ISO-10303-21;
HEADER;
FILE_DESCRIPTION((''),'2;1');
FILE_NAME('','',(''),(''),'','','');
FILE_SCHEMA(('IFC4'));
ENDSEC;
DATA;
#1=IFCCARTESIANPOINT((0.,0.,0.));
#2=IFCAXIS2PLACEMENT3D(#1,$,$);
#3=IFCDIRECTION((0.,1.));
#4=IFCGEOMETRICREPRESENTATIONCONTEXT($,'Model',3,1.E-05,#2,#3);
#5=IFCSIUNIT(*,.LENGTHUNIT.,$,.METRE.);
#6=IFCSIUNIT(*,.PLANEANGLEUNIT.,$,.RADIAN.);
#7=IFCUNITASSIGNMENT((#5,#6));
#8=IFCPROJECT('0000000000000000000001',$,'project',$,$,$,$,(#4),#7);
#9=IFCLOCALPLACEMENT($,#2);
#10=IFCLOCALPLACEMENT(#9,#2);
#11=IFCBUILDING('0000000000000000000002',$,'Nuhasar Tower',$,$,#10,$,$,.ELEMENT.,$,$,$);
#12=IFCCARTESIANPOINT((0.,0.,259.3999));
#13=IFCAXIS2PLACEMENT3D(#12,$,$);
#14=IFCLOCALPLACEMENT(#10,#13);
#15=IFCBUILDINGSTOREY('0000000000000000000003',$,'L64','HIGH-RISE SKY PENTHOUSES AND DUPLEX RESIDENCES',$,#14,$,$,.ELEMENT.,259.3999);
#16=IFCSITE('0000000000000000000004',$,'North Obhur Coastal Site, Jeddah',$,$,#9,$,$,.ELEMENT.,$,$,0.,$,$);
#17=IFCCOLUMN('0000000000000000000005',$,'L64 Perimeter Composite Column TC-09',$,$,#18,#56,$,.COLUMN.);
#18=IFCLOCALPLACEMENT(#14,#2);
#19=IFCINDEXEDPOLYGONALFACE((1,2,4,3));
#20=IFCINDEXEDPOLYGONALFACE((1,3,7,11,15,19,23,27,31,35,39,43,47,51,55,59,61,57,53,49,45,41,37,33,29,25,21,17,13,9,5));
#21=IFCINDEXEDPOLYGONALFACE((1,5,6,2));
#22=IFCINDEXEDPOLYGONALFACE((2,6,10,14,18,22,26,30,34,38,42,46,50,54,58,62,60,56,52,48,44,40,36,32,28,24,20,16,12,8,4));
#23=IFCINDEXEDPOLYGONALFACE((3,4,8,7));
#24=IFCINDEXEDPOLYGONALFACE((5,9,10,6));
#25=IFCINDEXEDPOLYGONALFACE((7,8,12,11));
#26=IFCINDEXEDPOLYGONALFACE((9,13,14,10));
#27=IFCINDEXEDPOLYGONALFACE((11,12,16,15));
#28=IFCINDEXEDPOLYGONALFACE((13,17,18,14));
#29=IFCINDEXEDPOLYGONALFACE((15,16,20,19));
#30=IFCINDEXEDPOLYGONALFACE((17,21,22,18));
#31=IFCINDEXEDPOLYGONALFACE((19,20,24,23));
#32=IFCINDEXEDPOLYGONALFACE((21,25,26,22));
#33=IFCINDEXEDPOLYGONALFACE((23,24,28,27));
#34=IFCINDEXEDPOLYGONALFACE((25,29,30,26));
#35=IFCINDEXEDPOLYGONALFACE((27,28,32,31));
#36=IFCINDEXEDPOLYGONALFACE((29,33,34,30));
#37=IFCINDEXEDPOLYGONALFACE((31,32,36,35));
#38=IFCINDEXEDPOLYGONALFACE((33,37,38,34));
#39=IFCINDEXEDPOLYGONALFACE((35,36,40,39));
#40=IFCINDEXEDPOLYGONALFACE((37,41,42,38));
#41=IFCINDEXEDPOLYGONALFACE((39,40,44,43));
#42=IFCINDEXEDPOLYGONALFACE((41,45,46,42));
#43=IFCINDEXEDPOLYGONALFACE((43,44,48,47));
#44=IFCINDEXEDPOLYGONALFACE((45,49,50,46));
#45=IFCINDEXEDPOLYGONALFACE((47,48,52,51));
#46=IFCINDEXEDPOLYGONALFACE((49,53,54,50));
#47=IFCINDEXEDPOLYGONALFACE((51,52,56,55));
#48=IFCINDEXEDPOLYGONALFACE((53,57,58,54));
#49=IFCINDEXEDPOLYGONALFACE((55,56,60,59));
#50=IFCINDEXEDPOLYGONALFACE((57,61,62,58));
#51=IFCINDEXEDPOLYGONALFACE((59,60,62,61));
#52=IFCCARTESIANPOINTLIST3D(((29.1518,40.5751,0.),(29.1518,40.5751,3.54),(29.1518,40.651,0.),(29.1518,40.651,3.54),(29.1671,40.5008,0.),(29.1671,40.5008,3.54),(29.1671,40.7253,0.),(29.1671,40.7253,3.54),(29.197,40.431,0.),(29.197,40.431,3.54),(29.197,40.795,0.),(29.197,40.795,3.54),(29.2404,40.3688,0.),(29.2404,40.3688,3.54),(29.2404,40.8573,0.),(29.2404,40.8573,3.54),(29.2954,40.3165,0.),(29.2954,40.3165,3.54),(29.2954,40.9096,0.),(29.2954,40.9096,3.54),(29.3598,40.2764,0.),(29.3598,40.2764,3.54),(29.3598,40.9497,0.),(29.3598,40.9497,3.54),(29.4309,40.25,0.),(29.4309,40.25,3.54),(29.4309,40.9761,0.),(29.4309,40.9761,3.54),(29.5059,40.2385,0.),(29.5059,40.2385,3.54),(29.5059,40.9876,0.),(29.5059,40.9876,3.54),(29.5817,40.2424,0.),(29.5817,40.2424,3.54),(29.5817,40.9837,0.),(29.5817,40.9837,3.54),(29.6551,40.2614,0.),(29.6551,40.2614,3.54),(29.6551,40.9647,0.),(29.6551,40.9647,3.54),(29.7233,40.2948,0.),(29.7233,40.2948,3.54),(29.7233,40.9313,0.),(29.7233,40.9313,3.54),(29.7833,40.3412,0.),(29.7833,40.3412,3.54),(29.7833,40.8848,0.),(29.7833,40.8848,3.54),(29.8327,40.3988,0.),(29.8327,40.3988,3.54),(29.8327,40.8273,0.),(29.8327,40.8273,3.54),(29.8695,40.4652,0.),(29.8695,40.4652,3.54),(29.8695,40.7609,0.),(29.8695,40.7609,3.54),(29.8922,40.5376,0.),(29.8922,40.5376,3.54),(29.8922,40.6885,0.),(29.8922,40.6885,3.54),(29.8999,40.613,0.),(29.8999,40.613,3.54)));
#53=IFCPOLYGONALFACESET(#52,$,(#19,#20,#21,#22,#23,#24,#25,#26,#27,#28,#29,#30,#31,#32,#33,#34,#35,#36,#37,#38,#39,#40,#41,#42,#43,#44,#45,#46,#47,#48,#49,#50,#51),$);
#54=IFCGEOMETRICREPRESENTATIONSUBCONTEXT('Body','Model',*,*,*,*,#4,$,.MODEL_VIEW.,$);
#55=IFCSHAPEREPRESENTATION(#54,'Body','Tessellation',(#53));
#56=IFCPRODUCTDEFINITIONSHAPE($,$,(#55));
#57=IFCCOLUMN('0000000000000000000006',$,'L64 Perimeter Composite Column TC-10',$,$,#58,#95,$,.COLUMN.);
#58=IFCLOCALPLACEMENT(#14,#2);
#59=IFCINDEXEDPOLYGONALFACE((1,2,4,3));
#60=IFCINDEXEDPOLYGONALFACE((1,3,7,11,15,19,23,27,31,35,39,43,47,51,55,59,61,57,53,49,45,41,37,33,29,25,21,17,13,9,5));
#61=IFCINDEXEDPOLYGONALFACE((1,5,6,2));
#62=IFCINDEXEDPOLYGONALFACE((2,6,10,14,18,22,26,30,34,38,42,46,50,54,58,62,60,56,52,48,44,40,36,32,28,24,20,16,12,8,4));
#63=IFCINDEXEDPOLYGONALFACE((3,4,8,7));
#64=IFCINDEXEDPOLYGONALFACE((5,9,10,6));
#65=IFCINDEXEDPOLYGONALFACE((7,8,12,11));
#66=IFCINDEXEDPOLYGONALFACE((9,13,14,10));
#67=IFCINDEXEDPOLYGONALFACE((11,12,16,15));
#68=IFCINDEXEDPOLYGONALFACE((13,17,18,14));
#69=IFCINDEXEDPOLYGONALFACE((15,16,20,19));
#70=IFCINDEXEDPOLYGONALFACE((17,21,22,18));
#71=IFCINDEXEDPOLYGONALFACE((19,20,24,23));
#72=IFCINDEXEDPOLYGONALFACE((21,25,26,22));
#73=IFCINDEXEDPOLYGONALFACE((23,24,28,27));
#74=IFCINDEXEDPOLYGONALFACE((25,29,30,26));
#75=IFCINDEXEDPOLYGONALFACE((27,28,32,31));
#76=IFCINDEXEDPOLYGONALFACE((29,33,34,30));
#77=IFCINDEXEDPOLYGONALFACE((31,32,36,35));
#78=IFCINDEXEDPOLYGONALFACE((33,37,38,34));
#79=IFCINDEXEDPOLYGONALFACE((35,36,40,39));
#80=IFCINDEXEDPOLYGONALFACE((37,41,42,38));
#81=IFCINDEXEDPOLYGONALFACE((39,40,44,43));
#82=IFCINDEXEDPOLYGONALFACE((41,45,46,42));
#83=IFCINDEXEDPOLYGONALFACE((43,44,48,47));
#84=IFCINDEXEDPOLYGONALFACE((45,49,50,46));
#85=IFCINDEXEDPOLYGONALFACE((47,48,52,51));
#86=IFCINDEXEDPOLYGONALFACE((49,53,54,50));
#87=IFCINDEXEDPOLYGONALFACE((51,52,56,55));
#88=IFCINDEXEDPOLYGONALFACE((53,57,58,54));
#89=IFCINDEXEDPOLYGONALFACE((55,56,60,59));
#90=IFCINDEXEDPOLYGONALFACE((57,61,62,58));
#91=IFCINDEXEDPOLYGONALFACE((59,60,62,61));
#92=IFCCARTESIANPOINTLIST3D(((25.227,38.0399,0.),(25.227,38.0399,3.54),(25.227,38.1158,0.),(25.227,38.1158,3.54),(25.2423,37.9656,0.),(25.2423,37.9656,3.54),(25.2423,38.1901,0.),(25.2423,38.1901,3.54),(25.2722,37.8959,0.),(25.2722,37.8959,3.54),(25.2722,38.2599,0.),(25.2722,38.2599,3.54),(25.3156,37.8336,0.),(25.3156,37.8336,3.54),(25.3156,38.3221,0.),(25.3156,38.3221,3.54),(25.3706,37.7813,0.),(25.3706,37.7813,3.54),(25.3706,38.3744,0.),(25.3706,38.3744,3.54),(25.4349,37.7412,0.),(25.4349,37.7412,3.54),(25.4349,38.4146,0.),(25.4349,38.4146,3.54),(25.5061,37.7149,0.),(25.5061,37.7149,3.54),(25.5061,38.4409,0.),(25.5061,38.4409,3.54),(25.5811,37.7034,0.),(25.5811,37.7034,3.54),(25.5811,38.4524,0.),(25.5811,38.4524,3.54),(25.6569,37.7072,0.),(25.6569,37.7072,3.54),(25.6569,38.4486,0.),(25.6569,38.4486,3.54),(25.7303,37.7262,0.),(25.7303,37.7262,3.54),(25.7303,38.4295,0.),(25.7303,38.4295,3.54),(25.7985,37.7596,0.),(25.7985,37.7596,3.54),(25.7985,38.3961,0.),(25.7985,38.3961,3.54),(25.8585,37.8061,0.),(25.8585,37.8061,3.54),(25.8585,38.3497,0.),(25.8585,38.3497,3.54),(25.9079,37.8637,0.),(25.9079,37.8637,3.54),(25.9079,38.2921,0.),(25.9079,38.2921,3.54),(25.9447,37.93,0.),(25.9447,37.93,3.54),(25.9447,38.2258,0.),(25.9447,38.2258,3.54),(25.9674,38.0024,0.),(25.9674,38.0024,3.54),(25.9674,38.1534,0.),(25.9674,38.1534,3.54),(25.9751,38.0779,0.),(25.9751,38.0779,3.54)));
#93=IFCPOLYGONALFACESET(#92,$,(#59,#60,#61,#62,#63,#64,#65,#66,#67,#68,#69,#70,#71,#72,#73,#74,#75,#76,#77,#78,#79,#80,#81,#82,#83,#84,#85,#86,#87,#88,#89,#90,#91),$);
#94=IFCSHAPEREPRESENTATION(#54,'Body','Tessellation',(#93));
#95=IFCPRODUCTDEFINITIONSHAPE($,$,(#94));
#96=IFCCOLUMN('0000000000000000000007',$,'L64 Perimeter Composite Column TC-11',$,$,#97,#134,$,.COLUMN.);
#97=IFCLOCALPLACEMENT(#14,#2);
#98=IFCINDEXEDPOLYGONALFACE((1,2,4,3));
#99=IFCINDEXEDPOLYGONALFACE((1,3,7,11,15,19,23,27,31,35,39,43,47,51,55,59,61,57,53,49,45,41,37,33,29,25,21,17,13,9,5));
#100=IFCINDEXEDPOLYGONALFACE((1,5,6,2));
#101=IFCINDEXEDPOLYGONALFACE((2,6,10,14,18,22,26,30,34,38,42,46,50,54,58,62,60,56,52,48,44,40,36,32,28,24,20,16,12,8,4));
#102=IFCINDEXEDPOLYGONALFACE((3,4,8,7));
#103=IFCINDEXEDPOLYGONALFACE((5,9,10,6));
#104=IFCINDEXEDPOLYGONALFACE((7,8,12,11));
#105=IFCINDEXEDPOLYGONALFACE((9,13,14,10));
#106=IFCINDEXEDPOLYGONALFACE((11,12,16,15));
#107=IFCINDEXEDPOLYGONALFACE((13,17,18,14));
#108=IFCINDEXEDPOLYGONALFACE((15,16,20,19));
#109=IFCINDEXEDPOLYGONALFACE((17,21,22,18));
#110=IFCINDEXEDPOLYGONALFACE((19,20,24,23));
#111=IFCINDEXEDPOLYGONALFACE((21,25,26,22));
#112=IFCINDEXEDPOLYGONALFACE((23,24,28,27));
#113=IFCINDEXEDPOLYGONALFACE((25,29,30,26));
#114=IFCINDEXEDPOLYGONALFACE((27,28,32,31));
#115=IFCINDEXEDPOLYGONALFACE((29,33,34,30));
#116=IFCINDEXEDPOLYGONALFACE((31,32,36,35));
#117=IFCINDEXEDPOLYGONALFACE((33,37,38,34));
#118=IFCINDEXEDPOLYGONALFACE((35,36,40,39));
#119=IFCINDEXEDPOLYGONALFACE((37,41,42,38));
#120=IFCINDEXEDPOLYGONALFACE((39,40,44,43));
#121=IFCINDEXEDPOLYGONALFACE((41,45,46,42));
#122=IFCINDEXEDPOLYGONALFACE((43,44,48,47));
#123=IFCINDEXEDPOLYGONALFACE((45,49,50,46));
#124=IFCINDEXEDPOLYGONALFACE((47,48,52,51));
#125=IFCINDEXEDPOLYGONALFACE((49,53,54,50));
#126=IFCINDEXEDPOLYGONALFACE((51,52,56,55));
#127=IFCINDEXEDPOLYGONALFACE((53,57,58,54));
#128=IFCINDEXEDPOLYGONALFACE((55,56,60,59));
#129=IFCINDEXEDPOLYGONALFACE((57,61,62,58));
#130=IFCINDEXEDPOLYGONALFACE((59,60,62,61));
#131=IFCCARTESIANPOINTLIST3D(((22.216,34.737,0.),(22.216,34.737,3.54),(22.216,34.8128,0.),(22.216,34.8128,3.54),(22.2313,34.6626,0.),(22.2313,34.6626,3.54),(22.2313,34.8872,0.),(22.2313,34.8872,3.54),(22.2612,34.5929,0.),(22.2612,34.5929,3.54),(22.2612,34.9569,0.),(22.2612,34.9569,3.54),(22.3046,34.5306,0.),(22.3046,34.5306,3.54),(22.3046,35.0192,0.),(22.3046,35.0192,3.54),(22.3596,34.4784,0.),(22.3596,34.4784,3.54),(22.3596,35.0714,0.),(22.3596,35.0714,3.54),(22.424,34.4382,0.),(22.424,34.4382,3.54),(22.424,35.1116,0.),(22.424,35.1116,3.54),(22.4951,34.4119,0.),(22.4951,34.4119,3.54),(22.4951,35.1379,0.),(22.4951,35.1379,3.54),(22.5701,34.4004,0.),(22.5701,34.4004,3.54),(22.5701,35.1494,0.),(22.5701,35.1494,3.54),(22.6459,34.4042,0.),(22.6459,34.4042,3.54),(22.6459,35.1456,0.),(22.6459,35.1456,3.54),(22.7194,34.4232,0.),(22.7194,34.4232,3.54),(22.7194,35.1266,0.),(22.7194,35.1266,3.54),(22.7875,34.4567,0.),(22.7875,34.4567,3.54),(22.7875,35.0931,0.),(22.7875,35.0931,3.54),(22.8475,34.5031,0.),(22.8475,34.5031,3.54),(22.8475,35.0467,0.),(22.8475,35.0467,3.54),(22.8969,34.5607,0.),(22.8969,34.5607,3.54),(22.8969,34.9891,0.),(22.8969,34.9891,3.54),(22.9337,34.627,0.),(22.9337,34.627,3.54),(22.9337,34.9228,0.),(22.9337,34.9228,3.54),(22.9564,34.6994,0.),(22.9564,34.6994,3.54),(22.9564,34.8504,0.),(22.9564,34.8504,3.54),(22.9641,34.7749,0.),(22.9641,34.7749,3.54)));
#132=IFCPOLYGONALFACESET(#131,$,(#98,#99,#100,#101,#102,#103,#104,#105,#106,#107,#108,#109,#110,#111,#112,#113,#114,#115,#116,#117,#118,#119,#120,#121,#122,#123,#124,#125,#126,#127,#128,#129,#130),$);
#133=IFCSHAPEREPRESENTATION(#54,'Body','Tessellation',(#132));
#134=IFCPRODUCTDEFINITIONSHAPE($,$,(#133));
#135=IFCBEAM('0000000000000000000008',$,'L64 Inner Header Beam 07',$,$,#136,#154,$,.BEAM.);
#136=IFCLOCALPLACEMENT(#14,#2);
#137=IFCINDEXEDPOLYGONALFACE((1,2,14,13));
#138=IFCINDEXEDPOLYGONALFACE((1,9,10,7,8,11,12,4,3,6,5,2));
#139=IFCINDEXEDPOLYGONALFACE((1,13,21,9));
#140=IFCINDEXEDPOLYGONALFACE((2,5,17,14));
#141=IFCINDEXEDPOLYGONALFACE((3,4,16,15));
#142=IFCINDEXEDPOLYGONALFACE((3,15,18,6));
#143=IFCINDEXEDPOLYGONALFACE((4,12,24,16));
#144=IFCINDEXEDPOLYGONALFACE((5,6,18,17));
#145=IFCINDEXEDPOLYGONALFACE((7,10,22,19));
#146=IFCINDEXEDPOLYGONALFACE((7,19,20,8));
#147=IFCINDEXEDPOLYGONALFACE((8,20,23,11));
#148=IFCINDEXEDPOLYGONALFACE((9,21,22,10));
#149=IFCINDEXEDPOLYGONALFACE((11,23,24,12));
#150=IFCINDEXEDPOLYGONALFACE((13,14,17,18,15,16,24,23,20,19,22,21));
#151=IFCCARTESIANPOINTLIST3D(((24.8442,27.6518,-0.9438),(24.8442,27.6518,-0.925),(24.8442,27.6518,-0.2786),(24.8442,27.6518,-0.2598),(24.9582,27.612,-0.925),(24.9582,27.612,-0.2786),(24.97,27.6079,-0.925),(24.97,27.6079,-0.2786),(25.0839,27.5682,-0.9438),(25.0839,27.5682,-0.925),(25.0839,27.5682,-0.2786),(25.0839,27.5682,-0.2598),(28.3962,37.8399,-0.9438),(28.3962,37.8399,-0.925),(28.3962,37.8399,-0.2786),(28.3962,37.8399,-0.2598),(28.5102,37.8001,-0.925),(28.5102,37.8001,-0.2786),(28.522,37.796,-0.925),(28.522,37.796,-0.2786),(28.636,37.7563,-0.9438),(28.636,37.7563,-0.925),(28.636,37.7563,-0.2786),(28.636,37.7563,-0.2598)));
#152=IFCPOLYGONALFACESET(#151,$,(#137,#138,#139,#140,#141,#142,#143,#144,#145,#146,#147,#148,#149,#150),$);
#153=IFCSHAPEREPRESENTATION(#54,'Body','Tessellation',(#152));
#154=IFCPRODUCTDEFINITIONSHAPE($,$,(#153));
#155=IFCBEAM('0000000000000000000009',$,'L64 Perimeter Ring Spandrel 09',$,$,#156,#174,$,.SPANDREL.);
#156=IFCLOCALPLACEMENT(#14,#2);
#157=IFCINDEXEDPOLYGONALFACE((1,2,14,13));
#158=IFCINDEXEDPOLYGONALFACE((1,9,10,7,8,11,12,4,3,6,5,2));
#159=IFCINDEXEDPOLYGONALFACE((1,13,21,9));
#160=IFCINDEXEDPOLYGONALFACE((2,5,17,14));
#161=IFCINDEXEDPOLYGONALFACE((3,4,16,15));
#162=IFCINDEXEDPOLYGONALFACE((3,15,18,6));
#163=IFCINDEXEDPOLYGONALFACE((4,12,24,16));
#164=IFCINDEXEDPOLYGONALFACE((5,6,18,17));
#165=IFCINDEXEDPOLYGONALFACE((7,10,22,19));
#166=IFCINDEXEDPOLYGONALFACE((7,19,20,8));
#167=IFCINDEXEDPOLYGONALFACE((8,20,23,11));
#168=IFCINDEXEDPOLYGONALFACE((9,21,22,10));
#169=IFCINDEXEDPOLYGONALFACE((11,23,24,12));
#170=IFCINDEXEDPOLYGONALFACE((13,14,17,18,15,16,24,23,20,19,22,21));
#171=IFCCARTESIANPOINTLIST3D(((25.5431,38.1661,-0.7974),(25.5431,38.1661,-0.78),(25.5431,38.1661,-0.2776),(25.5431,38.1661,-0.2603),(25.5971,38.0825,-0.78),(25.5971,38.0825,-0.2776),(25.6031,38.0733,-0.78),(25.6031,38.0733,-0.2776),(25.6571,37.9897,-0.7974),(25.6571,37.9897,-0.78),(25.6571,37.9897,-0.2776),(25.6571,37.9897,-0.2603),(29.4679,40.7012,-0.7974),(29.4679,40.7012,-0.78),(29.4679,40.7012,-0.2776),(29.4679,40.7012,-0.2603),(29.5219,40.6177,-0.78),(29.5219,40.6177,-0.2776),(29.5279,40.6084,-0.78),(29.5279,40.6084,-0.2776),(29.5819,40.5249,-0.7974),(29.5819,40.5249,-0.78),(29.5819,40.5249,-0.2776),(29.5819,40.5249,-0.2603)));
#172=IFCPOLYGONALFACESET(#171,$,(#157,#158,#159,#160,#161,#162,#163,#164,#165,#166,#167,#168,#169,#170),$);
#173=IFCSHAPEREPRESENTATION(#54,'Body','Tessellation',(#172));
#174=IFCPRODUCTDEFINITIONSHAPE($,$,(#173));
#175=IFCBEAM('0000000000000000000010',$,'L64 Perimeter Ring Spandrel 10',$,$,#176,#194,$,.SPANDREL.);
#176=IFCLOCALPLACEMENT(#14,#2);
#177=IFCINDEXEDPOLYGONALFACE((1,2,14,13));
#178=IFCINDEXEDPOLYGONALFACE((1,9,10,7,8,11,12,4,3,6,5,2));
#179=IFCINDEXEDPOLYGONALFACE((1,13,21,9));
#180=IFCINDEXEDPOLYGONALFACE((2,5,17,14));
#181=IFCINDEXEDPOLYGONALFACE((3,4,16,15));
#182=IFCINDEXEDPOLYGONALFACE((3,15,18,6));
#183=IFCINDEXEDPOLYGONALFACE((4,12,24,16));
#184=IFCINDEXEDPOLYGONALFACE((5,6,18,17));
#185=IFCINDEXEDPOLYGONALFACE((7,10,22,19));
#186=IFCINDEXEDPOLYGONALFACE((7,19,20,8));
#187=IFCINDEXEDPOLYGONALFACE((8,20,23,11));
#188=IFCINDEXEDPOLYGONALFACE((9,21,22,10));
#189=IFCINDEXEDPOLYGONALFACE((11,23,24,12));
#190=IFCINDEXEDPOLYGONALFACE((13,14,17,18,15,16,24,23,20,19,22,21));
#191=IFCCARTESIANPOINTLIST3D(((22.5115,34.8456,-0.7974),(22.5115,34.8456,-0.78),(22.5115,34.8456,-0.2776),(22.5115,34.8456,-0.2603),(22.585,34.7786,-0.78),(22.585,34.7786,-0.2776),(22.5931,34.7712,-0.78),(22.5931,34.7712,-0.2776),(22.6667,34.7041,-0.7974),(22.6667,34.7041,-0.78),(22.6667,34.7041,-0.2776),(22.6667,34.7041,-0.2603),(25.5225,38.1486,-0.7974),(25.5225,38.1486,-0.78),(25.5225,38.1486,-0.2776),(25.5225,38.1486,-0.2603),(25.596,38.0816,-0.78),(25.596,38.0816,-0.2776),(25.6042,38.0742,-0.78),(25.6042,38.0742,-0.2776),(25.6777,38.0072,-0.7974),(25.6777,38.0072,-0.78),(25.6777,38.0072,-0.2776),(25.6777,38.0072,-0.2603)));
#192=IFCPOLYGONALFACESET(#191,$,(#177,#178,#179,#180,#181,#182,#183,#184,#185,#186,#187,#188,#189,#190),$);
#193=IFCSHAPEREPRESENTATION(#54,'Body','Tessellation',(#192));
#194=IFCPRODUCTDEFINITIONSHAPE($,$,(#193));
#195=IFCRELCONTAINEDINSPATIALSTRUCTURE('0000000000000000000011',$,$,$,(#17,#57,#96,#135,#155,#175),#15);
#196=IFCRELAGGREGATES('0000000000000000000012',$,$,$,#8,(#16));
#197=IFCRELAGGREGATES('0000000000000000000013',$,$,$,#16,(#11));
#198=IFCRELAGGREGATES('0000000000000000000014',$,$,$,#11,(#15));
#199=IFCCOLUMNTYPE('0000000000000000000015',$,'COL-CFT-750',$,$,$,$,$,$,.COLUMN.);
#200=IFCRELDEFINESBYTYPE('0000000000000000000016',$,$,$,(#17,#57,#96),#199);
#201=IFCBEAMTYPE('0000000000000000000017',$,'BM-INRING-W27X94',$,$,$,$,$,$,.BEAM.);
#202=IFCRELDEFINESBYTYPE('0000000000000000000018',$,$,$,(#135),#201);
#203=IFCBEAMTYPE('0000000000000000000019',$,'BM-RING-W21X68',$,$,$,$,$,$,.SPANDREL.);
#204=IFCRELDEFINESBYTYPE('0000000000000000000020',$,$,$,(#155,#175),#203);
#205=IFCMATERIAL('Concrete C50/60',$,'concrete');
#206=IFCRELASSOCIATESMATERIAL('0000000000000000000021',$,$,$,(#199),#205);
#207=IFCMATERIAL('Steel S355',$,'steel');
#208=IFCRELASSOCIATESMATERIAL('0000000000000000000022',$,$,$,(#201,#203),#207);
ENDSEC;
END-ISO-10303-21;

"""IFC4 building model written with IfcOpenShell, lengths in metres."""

from ifc_helpers import new_model, si_unit, direction, frame, origin, origin_2d, place, context, subcontext, project, spatial, circle, i_section, extrude, material, material_profile, profile_set, type_object, element, save


model = new_model("IFC4")

# Units and contexts
model_context = context("Model", 3, precision=1e-05, world=origin(), true_north=direction((0.0, 1.0)))
body_context = subcontext(model_context, "Body", "Model", "MODEL_VIEW")
ifc_project = project(units=[si_unit("LENGTHUNIT", "METRE"), si_unit("PLANEANGLEUNIT", "RADIAN")], contexts=[model_context])

# Site, building, storey
site_placement = place(None, origin())
site = spatial("IfcSite", under=ifc_project, at=site_placement, Name="North Obhur Coastal Site, Jeddah", CompositionType="ELEMENT", RefElevation=0.0)
building_placement = place(site_placement, origin())
building = spatial("IfcBuilding", under=site, at=building_placement, Name="Nuhasar Tower", CompositionType="ELEMENT")
storey_placement = place(building_placement, frame((0.0, 0.0, 259.3999)))
storey = spatial("IfcBuildingStorey", under=building, at=storey_placement, Name="L64", Description="HIGH-RISE SKY PENTHOUSES AND DUPLEX RESIDENCES", CompositionType="ELEMENT", Elevation=259.3999)

# Columns
ifc_material_1 = material(Name="Concrete C50/60", Category="concrete")
ifc_material_profile_1 = material_profile(ifc_material_1, circle(Radius=0.375, at=origin_2d()), Name="CFT750")
ifc_profile_set_1 = profile_set([ifc_material_profile_1], Name="Concrete C50/60")
column_type = type_object("IfcColumnType", Name="COL-CFT-750", PredefinedType="COLUMN", material=ifc_profile_set_1)
for number, where, z_axis, x_axis, name in (
    (1, (29.5249, 40.613, 0.0), (0.0, 0.0, 1.0), (1.0, 0.0, 0.0), "L64 Perimeter Composite Column TC-09"),
    (2, (25.6001, 38.0779, 0.0), (0.0, 0.0, 1.0), (1.0, 0.0, 0.0), "L64 Perimeter Composite Column TC-10"),
    (3, (22.5891, 34.7749, 0.0), (0.0, 0.0, 1.0), (1.0, 0.0, 0.0), "L64 Perimeter Composite Column TC-11"),
):
    element("IfcColumn", number, at=place(storey_placement, frame(where, z_axis=z_axis, x_axis=x_axis)), inside=storey, type_object=column_type, Name=name, PredefinedType="COLUMN", context=body_context, shape_type="SweptSolid", body=[
        extrude(circle(Radius=0.375, at=origin_2d()), origin(), (0.0, 0.0, 1.0), 3.54),
    ])

# Beams
ifc_material_2 = material(Name="Steel S355", Category="steel")
ifc_material_profile_2 = material_profile(ifc_material_2, i_section(OverallWidth=0.2539, OverallDepth=0.6841, WebThickness=0.0125, FlangeThickness=0.0188, at=origin_2d()), Name="W27X94")
ifc_profile_set_2 = profile_set([ifc_material_profile_2], Name="Steel S355")
beam_type_1 = type_object("IfcBeamType", Name="BM-INRING-W27X94", PredefinedType="BEAM", material=ifc_profile_set_2)
beam_1_placement = place(storey_placement, frame((28.5161, 37.7981, -0.6018), z_axis=(-0.329211, -0.944256, 0.0), x_axis=(0.944256, -0.329211, 0.0)))
element("IfcBeam", 4, at=beam_1_placement, inside=storey, type_object=beam_type_1, Name="L64 Inner Header Beam 07", PredefinedType="BEAM", context=body_context, shape_type="SweptSolid", body=[
    extrude(i_section(OverallWidth=0.2539, OverallDepth=0.6841, WebThickness=0.0125, FlangeThickness=0.0188, at=origin_2d()), origin(), (0.0, 0.0, 1.0), 10.7896),
])
ifc_material_profile_3 = material_profile(ifc_material_2, i_section(OverallWidth=0.21, OverallDepth=0.5371, WebThickness=0.011, FlangeThickness=0.0173, at=origin_2d()), Name="W21X68")
ifc_profile_set_3 = profile_set([ifc_material_profile_3], Name="Steel S355")
beam_type_2 = type_object("IfcBeamType", Name="BM-RING-W21X68", PredefinedType="SPANDREL", material=ifc_profile_set_3)
beam_2_placement = place(storey_placement, frame((29.5249, 40.613, -0.5288), z_axis=(-0.840002, -0.542584, 0.0), x_axis=(0.542584, -0.840002, 0.0)))
element("IfcBeam", 5, at=beam_2_placement, inside=storey, type_object=beam_type_2, Name="L64 Perimeter Ring Spandrel 09", PredefinedType="SPANDREL", context=body_context, shape_type="SweptSolid", body=[
    extrude(i_section(OverallWidth=0.21, OverallDepth=0.5371, WebThickness=0.011, FlangeThickness=0.0173, at=origin_2d()), origin(), (0.0, 0.0, 1.0), 4.6724),
])
beam_3_placement = place(storey_placement, frame((25.6001, 38.0779, -0.5288), z_axis=(-0.673686, -0.739017, 0.0), x_axis=(0.739017, -0.673686, 0.0)))
element("IfcBeam", 6, at=beam_3_placement, inside=storey, type_object=beam_type_2, Name="L64 Perimeter Ring Spandrel 10", PredefinedType="SPANDREL", context=body_context, shape_type="SweptSolid", body=[
    extrude(i_section(OverallWidth=0.21, OverallDepth=0.5371, WebThickness=0.011, FlangeThickness=0.0173, at=origin_2d()), origin(), (0.0, 0.0, 1.0), 4.4695),
])

save(model, "model.ifc")
